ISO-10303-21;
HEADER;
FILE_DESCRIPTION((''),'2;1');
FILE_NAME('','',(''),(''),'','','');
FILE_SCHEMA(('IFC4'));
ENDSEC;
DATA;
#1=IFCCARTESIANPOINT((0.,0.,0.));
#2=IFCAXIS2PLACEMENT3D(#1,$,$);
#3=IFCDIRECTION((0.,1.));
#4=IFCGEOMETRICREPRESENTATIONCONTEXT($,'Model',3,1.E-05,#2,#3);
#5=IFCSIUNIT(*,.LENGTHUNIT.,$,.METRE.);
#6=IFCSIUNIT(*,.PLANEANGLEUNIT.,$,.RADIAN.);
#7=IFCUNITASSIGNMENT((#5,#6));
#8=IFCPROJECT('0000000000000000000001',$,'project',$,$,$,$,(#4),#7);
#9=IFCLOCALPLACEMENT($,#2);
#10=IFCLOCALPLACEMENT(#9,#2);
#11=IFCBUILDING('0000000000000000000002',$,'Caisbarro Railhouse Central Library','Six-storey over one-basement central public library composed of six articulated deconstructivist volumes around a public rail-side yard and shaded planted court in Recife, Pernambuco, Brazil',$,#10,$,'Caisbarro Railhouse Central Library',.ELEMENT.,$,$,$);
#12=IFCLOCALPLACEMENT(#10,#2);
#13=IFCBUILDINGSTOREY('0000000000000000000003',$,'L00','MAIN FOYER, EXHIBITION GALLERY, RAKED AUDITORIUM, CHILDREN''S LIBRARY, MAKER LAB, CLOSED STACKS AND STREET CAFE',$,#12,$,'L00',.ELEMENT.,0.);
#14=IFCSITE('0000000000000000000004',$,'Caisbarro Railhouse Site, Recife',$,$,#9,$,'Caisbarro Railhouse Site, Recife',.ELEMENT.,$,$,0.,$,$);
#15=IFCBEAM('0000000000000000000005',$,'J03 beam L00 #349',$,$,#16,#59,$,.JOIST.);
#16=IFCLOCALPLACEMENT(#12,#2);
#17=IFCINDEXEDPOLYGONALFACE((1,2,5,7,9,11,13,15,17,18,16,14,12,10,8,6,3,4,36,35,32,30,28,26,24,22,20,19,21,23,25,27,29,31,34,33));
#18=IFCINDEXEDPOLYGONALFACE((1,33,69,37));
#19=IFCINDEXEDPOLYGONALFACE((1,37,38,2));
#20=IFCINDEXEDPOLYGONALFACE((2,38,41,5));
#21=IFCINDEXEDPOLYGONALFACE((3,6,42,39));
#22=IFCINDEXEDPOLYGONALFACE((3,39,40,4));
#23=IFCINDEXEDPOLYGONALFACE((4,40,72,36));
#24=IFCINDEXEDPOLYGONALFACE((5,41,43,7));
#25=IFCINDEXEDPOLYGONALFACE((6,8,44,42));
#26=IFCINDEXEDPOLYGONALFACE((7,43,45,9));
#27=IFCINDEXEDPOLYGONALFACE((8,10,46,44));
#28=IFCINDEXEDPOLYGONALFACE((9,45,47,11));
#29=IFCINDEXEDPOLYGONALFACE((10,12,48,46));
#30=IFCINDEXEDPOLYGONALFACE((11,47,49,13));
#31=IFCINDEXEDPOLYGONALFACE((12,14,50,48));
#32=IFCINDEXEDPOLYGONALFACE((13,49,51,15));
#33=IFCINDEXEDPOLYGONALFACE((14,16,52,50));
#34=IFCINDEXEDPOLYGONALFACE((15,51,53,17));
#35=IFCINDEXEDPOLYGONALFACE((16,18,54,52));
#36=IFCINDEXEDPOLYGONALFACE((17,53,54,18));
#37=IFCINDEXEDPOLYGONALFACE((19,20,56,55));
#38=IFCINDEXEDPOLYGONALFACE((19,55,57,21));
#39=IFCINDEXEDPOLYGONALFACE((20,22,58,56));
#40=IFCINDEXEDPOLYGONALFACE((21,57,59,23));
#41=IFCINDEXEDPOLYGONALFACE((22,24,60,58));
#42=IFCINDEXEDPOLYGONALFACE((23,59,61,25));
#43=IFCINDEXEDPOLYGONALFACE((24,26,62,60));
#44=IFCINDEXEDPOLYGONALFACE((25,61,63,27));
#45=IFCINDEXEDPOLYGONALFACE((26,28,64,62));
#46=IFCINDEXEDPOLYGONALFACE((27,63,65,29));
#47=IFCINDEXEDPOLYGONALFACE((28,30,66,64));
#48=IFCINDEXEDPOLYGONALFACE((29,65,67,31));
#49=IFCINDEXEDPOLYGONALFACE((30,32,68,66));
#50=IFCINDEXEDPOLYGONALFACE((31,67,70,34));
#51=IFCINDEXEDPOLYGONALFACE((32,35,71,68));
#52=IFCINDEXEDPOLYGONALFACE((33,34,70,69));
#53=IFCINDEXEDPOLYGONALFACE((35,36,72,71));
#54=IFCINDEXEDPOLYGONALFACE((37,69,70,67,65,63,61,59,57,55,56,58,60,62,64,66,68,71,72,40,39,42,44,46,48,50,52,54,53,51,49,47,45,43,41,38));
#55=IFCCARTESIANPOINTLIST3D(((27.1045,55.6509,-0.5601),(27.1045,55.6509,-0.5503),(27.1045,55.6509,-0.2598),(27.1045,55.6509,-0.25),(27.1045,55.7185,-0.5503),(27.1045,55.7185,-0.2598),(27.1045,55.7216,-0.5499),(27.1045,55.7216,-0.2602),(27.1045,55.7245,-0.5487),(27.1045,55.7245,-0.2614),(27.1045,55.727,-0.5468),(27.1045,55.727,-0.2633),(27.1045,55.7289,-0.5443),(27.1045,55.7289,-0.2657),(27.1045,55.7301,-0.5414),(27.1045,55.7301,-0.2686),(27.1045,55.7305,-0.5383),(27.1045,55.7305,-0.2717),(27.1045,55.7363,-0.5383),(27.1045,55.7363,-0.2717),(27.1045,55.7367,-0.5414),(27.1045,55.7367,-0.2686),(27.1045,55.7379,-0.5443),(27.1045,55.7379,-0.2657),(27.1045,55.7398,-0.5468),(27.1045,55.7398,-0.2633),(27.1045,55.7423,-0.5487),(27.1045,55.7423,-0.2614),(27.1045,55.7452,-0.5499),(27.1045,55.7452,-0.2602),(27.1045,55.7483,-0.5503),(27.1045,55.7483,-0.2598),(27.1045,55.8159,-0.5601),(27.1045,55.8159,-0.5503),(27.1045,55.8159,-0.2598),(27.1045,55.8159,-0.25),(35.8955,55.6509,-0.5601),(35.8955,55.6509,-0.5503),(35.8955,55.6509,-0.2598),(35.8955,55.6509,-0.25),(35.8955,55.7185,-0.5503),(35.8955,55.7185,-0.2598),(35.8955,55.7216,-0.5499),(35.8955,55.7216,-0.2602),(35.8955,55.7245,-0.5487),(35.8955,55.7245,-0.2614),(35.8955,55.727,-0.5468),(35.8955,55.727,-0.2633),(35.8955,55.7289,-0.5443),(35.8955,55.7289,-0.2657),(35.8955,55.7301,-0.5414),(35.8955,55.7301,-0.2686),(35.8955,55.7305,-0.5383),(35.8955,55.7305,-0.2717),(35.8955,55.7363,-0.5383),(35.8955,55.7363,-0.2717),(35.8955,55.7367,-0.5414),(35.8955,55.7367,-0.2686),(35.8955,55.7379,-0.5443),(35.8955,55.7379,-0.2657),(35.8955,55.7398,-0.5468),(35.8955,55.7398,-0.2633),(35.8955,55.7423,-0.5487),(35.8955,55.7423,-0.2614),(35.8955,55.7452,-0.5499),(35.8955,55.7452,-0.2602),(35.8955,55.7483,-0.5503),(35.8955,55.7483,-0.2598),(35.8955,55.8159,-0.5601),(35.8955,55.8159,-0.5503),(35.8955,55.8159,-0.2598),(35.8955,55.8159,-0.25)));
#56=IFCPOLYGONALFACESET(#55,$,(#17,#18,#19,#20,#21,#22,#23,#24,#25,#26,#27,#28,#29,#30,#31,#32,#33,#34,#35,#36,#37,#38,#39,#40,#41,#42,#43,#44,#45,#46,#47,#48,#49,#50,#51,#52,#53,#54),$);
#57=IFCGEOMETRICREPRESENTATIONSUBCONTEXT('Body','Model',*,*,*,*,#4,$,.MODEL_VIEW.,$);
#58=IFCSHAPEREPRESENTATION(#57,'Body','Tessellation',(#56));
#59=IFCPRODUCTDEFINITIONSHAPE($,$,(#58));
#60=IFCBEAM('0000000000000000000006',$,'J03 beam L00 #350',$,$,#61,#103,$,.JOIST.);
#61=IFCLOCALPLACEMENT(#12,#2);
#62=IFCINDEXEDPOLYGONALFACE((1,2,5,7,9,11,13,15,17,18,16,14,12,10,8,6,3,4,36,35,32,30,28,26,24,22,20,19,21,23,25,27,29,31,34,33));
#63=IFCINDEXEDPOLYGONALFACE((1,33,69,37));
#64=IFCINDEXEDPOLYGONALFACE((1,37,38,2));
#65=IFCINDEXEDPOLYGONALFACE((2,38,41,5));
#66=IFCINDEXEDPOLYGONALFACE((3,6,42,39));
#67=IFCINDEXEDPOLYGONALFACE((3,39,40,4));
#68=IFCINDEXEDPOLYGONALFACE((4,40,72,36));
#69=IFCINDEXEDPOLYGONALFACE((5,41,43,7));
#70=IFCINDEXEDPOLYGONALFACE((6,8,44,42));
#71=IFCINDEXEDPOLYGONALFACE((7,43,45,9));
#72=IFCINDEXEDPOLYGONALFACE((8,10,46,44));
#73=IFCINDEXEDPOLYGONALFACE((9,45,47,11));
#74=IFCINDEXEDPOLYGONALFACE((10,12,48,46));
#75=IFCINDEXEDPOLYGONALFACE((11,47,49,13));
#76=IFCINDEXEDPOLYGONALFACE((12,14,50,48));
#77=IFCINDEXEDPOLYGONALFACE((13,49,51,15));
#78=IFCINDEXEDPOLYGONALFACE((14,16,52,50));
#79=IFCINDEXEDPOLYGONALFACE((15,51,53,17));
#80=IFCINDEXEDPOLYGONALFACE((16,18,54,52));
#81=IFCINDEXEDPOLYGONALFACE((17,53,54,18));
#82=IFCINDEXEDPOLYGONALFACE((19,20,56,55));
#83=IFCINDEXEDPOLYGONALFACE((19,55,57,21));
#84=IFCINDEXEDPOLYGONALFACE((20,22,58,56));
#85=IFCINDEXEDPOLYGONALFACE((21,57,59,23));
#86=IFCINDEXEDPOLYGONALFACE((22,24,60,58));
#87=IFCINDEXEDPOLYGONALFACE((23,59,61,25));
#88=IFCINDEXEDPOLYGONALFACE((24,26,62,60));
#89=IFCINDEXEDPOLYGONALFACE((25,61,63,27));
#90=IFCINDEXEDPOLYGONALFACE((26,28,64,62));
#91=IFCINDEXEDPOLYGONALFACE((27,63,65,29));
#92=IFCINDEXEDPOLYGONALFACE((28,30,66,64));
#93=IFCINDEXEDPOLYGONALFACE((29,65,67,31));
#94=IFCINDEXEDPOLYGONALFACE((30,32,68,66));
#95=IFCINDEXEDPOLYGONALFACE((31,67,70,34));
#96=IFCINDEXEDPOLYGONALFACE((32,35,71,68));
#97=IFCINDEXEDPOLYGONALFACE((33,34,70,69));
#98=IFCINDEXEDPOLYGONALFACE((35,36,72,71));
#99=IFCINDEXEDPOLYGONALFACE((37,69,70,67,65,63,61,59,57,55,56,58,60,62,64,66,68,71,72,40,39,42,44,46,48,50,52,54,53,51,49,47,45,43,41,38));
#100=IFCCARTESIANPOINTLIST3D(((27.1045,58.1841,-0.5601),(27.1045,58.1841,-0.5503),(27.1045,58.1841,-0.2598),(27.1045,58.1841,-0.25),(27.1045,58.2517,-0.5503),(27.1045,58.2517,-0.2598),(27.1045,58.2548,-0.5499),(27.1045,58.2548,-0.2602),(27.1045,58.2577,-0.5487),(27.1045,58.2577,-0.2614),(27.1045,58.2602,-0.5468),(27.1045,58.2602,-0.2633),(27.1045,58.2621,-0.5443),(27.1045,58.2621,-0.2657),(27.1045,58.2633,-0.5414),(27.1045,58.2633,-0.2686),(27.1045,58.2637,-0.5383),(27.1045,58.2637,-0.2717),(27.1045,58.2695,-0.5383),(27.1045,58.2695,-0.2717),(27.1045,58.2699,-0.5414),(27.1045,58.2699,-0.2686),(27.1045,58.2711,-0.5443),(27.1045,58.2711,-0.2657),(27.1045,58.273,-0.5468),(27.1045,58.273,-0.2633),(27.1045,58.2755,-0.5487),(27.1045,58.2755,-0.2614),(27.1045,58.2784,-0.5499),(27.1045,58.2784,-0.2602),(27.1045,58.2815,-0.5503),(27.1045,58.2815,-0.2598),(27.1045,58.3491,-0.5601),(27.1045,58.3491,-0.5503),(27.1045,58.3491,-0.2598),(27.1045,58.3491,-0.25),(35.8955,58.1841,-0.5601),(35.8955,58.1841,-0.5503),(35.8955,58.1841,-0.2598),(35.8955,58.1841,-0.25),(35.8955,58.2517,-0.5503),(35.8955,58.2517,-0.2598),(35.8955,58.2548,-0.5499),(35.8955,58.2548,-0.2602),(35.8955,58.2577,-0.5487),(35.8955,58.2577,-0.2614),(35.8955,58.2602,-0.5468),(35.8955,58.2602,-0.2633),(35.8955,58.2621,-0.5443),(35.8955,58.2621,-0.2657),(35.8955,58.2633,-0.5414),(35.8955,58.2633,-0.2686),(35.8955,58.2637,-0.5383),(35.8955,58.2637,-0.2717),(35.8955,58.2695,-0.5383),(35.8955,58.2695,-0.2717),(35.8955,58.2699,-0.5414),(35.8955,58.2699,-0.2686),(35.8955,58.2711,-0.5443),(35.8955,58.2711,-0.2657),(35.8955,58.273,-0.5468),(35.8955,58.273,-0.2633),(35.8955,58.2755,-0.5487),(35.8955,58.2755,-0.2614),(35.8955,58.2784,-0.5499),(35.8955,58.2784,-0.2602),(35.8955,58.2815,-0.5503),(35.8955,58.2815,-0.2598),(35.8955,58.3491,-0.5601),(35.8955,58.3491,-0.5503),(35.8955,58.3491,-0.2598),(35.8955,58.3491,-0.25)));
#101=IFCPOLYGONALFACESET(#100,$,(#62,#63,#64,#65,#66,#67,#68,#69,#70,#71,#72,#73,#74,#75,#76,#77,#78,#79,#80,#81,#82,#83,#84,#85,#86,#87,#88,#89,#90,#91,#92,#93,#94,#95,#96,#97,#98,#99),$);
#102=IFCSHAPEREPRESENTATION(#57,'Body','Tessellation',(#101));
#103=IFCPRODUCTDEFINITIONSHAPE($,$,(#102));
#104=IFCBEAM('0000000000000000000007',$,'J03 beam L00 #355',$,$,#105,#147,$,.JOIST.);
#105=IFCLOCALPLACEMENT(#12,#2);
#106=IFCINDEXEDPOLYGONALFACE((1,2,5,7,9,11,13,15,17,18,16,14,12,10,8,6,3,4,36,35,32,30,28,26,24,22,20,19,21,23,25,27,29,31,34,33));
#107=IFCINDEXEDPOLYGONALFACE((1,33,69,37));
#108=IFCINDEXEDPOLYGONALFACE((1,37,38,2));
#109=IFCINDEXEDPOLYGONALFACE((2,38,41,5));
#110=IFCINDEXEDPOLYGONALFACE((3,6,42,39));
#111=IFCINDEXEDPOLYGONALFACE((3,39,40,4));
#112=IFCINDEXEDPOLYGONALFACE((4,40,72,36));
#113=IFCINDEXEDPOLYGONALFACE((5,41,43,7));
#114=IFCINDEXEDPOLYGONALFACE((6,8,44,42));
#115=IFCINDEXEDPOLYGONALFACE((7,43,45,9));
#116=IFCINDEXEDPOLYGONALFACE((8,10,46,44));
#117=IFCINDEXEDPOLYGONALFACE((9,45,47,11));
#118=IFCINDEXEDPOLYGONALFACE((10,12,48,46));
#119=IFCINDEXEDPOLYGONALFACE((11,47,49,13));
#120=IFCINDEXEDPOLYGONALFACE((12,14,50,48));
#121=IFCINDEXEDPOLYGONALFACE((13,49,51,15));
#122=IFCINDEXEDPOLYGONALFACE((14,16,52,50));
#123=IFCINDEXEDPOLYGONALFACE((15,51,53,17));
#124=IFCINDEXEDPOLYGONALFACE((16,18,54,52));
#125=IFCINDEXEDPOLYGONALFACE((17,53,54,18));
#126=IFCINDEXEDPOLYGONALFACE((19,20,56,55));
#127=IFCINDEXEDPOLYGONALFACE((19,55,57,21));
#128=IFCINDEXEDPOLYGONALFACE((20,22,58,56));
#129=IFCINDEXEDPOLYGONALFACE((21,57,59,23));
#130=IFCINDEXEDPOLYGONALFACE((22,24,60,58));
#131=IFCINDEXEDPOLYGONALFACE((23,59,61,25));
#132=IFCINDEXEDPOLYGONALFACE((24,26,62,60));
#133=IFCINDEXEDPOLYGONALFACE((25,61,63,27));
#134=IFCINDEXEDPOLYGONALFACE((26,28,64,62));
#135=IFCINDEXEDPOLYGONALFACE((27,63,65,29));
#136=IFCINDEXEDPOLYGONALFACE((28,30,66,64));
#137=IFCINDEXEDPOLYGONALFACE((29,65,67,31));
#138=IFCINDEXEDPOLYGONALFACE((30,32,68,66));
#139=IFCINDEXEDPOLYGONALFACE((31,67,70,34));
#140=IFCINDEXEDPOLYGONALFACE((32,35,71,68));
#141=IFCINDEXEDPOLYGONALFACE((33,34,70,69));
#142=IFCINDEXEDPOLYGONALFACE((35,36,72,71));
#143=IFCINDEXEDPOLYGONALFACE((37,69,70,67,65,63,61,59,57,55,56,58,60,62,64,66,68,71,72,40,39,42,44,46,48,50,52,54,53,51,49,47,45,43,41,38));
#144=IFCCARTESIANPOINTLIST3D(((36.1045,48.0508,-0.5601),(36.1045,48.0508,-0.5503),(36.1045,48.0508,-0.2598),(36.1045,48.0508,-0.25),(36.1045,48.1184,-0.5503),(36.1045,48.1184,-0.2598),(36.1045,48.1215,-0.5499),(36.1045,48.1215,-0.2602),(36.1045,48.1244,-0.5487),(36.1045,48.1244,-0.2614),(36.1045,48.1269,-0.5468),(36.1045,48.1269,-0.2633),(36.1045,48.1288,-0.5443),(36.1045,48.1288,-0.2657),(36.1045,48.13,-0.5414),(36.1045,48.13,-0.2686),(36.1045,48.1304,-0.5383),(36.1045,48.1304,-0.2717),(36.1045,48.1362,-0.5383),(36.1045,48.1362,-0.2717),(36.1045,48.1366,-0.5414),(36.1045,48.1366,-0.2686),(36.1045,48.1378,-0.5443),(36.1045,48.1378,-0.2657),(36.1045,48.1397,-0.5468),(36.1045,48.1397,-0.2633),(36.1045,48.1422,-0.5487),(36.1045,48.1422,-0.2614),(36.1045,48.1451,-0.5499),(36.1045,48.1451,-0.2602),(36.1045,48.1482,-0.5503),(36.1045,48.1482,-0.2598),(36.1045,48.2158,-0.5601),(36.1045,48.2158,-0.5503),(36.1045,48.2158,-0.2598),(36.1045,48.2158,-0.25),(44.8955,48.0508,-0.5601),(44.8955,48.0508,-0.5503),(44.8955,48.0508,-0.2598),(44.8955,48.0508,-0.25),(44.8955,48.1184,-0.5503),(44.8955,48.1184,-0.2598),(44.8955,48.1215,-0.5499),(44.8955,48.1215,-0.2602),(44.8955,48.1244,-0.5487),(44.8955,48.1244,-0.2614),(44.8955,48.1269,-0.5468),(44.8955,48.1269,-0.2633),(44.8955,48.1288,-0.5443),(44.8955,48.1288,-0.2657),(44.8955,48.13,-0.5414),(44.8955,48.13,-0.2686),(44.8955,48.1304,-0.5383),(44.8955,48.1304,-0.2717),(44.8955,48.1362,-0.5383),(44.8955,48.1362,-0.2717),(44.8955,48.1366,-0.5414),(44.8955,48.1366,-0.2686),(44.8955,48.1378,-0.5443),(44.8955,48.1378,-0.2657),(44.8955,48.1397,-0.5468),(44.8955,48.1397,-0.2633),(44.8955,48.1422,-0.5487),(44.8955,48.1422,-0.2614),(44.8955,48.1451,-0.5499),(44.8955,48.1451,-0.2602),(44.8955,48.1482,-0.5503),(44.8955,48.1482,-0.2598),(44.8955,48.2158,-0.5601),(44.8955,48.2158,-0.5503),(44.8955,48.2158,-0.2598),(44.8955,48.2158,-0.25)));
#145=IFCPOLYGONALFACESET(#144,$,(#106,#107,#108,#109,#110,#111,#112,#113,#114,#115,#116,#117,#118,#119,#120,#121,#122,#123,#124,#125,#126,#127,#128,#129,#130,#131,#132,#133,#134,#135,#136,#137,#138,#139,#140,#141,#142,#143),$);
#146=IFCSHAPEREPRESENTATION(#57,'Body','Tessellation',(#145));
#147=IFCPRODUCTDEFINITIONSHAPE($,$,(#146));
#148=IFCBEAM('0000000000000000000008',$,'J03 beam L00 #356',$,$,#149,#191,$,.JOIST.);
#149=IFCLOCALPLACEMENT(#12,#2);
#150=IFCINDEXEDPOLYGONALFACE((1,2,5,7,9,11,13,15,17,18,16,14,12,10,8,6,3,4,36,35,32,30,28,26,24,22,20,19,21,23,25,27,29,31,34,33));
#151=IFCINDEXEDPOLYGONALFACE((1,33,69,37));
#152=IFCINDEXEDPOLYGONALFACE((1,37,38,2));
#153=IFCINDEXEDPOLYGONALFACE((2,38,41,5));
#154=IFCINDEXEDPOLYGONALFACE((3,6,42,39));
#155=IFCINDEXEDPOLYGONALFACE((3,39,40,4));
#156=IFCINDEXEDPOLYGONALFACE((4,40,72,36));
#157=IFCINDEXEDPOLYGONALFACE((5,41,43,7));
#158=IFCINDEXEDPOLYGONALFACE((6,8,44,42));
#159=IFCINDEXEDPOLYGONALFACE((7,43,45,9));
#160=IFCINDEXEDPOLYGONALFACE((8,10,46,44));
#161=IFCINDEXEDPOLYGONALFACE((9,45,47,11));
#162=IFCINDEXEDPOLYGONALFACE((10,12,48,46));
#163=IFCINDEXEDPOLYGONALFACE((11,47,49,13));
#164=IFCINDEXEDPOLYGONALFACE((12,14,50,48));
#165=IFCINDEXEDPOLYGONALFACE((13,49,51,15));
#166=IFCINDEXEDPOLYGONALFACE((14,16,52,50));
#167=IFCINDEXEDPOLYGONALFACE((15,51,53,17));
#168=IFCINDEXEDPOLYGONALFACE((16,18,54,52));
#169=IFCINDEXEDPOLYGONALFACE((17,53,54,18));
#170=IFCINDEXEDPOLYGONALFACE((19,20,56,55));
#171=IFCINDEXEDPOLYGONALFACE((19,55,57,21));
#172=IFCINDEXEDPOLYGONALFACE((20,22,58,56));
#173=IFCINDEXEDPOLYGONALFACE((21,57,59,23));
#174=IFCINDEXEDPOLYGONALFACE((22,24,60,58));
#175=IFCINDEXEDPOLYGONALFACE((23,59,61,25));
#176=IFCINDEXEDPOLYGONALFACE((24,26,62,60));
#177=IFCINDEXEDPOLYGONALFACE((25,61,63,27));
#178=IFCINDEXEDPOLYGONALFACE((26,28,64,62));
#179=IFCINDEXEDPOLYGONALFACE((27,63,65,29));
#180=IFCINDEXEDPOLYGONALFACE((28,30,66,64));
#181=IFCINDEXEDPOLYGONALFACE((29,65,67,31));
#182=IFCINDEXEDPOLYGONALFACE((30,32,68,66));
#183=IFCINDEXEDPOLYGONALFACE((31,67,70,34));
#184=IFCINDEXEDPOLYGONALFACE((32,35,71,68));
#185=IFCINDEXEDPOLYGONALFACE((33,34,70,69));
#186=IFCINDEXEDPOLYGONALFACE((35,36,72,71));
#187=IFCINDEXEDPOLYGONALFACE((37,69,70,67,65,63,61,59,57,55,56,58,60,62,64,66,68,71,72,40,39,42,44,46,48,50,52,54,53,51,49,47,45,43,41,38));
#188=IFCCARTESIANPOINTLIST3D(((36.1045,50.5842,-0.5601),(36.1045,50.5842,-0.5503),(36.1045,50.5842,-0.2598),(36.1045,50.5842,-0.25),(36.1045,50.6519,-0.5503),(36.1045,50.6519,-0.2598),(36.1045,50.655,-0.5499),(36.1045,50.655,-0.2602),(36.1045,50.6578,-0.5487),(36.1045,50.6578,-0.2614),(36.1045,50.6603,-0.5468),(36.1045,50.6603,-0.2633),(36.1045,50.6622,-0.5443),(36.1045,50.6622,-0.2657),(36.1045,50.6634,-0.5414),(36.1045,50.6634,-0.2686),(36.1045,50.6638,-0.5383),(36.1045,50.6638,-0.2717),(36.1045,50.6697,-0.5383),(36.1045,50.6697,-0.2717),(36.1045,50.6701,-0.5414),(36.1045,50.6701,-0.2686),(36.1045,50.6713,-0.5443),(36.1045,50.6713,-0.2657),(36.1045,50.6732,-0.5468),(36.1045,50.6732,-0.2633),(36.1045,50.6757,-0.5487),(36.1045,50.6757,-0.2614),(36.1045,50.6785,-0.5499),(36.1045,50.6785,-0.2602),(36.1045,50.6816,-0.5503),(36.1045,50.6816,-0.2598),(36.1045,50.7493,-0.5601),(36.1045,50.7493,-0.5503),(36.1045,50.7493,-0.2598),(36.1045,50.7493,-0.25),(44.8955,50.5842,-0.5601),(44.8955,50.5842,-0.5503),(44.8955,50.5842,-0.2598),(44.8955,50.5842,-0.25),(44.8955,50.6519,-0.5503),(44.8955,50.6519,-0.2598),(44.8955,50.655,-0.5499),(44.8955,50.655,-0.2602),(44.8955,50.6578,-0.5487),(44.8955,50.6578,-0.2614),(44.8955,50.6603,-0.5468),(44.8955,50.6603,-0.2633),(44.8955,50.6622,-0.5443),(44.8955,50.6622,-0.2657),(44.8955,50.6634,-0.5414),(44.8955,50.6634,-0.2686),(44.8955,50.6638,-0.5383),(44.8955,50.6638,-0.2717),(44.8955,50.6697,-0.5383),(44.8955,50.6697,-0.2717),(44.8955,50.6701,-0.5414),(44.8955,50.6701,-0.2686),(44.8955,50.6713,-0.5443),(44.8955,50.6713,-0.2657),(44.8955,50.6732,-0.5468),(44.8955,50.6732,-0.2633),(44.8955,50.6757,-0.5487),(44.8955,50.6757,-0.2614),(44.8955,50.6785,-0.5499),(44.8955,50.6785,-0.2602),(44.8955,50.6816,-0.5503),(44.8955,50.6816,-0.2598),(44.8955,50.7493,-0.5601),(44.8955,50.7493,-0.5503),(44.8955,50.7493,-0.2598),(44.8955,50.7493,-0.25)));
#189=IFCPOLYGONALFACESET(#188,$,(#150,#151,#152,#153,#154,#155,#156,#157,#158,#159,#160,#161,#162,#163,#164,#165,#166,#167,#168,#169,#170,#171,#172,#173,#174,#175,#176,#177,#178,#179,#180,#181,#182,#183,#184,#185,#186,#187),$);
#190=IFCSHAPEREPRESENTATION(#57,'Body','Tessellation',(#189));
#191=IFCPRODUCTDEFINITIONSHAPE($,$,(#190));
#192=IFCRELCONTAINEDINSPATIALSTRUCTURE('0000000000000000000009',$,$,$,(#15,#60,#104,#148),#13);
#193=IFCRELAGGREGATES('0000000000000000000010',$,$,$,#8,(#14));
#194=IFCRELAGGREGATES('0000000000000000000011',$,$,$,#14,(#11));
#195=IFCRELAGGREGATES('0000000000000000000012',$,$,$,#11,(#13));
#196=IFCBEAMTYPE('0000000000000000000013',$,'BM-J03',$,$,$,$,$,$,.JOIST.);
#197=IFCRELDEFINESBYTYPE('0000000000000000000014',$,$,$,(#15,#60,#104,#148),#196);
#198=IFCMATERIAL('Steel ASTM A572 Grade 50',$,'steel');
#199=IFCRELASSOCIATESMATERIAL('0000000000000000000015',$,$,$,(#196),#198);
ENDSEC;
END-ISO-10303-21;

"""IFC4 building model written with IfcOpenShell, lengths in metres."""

from ifc_helpers import new_model, si_unit, direction, frame, origin, origin_2d, place, context, subcontext, project, spatial, i_section, extrude, material, material_profile, profile_set, type_object, element, save


model = new_model("IFC4")

# Units and contexts
model_context = context("Model", 3, precision=1e-05, world=origin(), true_north=direction((0.0, 1.0)))
body_context = subcontext(model_context, "Body", "Model", "MODEL_VIEW")
ifc_project = project(units=[si_unit("LENGTHUNIT", "METRE"), si_unit("PLANEANGLEUNIT", "RADIAN")], contexts=[model_context])

# Site, building, storey
site_placement = place(None, origin())
site = spatial("IfcSite", under=ifc_project, at=site_placement, Name="Caisbarro Railhouse Site, Recife", LongName="Caisbarro Railhouse Site, Recife", CompositionType="ELEMENT", RefElevation=0.0)
building_placement = place(site_placement, origin())
building = spatial("IfcBuilding", under=site, at=building_placement, Name="Caisbarro Railhouse Central Library", Description="Six-storey over one-basement central public library composed of six articulated deconstructivist volumes around a public rail-side yard and shaded planted court in Recife, Pernambuco, Brazil", LongName="Caisbarro Railhouse Central Library", CompositionType="ELEMENT")
storey_placement = place(building_placement, origin())
storey = spatial("IfcBuildingStorey", under=building, at=storey_placement, Name="L00", Description="MAIN FOYER, EXHIBITION GALLERY, RAKED AUDITORIUM, CHILDREN'S LIBRARY, MAKER LAB, CLOSED STACKS AND STREET CAFE", LongName="L00", CompositionType="ELEMENT", Elevation=0.0)

# Shared definitions
ifc_material = material(Name="Steel ASTM A572 Grade 50", Category="steel")

# Beams
ifc_material_profile_1 = material_profile(ifc_material, i_section(OverallWidth=0.165, OverallDepth=0.3101, WebThickness=0.0059, FlangeThickness=0.0098, FilletRadius=0.012, at=origin_2d()), Name="W310X38.7")
ifc_profile_set_1 = profile_set([ifc_material_profile_1], Name="Steel ASTM A572 Grade 50")
beam_type_1 = type_object("IfcBeamType", Name="BM-J03", PredefinedType="JOIST", material=ifc_profile_set_1)
for number, where, z_axis, x_axis, name in (
    (1, (27.1045, 55.7334, -0.405), (1.0, 0.0, 0.0), (0.0, 1.0, 0.0), "J03 beam L00 #349"),
    (2, (27.1045, 58.2666, -0.405), (1.0, 0.0, 0.0), (0.0, 1.0, 0.0), "J03 beam L00 #350"),
    (3, (36.1045, 48.1333, -0.405), (1.0, 0.0, 0.0), (0.0, 1.0, 0.0), "J03 beam L00 #355"),
    (4, (36.1045, 50.6667, -0.405), (1.0, 0.0, 0.0), (0.0, 1.0, 0.0), "J03 beam L00 #356"),
):
    element("IfcBeam", number, at=place(storey_placement, frame(where, z_axis=z_axis, x_axis=x_axis)), inside=storey, type_object=beam_type_1, Name=name, PredefinedType="JOIST", context=body_context, shape_type="SweptSolid", body=[
        extrude(i_section(OverallWidth=0.165, OverallDepth=0.3101, WebThickness=0.0059, FlangeThickness=0.0098, FilletRadius=0.012, at=origin_2d()), origin(), (0.0, 0.0, 1.0), 8.791),
    ])

save(model, "model.ifc")
